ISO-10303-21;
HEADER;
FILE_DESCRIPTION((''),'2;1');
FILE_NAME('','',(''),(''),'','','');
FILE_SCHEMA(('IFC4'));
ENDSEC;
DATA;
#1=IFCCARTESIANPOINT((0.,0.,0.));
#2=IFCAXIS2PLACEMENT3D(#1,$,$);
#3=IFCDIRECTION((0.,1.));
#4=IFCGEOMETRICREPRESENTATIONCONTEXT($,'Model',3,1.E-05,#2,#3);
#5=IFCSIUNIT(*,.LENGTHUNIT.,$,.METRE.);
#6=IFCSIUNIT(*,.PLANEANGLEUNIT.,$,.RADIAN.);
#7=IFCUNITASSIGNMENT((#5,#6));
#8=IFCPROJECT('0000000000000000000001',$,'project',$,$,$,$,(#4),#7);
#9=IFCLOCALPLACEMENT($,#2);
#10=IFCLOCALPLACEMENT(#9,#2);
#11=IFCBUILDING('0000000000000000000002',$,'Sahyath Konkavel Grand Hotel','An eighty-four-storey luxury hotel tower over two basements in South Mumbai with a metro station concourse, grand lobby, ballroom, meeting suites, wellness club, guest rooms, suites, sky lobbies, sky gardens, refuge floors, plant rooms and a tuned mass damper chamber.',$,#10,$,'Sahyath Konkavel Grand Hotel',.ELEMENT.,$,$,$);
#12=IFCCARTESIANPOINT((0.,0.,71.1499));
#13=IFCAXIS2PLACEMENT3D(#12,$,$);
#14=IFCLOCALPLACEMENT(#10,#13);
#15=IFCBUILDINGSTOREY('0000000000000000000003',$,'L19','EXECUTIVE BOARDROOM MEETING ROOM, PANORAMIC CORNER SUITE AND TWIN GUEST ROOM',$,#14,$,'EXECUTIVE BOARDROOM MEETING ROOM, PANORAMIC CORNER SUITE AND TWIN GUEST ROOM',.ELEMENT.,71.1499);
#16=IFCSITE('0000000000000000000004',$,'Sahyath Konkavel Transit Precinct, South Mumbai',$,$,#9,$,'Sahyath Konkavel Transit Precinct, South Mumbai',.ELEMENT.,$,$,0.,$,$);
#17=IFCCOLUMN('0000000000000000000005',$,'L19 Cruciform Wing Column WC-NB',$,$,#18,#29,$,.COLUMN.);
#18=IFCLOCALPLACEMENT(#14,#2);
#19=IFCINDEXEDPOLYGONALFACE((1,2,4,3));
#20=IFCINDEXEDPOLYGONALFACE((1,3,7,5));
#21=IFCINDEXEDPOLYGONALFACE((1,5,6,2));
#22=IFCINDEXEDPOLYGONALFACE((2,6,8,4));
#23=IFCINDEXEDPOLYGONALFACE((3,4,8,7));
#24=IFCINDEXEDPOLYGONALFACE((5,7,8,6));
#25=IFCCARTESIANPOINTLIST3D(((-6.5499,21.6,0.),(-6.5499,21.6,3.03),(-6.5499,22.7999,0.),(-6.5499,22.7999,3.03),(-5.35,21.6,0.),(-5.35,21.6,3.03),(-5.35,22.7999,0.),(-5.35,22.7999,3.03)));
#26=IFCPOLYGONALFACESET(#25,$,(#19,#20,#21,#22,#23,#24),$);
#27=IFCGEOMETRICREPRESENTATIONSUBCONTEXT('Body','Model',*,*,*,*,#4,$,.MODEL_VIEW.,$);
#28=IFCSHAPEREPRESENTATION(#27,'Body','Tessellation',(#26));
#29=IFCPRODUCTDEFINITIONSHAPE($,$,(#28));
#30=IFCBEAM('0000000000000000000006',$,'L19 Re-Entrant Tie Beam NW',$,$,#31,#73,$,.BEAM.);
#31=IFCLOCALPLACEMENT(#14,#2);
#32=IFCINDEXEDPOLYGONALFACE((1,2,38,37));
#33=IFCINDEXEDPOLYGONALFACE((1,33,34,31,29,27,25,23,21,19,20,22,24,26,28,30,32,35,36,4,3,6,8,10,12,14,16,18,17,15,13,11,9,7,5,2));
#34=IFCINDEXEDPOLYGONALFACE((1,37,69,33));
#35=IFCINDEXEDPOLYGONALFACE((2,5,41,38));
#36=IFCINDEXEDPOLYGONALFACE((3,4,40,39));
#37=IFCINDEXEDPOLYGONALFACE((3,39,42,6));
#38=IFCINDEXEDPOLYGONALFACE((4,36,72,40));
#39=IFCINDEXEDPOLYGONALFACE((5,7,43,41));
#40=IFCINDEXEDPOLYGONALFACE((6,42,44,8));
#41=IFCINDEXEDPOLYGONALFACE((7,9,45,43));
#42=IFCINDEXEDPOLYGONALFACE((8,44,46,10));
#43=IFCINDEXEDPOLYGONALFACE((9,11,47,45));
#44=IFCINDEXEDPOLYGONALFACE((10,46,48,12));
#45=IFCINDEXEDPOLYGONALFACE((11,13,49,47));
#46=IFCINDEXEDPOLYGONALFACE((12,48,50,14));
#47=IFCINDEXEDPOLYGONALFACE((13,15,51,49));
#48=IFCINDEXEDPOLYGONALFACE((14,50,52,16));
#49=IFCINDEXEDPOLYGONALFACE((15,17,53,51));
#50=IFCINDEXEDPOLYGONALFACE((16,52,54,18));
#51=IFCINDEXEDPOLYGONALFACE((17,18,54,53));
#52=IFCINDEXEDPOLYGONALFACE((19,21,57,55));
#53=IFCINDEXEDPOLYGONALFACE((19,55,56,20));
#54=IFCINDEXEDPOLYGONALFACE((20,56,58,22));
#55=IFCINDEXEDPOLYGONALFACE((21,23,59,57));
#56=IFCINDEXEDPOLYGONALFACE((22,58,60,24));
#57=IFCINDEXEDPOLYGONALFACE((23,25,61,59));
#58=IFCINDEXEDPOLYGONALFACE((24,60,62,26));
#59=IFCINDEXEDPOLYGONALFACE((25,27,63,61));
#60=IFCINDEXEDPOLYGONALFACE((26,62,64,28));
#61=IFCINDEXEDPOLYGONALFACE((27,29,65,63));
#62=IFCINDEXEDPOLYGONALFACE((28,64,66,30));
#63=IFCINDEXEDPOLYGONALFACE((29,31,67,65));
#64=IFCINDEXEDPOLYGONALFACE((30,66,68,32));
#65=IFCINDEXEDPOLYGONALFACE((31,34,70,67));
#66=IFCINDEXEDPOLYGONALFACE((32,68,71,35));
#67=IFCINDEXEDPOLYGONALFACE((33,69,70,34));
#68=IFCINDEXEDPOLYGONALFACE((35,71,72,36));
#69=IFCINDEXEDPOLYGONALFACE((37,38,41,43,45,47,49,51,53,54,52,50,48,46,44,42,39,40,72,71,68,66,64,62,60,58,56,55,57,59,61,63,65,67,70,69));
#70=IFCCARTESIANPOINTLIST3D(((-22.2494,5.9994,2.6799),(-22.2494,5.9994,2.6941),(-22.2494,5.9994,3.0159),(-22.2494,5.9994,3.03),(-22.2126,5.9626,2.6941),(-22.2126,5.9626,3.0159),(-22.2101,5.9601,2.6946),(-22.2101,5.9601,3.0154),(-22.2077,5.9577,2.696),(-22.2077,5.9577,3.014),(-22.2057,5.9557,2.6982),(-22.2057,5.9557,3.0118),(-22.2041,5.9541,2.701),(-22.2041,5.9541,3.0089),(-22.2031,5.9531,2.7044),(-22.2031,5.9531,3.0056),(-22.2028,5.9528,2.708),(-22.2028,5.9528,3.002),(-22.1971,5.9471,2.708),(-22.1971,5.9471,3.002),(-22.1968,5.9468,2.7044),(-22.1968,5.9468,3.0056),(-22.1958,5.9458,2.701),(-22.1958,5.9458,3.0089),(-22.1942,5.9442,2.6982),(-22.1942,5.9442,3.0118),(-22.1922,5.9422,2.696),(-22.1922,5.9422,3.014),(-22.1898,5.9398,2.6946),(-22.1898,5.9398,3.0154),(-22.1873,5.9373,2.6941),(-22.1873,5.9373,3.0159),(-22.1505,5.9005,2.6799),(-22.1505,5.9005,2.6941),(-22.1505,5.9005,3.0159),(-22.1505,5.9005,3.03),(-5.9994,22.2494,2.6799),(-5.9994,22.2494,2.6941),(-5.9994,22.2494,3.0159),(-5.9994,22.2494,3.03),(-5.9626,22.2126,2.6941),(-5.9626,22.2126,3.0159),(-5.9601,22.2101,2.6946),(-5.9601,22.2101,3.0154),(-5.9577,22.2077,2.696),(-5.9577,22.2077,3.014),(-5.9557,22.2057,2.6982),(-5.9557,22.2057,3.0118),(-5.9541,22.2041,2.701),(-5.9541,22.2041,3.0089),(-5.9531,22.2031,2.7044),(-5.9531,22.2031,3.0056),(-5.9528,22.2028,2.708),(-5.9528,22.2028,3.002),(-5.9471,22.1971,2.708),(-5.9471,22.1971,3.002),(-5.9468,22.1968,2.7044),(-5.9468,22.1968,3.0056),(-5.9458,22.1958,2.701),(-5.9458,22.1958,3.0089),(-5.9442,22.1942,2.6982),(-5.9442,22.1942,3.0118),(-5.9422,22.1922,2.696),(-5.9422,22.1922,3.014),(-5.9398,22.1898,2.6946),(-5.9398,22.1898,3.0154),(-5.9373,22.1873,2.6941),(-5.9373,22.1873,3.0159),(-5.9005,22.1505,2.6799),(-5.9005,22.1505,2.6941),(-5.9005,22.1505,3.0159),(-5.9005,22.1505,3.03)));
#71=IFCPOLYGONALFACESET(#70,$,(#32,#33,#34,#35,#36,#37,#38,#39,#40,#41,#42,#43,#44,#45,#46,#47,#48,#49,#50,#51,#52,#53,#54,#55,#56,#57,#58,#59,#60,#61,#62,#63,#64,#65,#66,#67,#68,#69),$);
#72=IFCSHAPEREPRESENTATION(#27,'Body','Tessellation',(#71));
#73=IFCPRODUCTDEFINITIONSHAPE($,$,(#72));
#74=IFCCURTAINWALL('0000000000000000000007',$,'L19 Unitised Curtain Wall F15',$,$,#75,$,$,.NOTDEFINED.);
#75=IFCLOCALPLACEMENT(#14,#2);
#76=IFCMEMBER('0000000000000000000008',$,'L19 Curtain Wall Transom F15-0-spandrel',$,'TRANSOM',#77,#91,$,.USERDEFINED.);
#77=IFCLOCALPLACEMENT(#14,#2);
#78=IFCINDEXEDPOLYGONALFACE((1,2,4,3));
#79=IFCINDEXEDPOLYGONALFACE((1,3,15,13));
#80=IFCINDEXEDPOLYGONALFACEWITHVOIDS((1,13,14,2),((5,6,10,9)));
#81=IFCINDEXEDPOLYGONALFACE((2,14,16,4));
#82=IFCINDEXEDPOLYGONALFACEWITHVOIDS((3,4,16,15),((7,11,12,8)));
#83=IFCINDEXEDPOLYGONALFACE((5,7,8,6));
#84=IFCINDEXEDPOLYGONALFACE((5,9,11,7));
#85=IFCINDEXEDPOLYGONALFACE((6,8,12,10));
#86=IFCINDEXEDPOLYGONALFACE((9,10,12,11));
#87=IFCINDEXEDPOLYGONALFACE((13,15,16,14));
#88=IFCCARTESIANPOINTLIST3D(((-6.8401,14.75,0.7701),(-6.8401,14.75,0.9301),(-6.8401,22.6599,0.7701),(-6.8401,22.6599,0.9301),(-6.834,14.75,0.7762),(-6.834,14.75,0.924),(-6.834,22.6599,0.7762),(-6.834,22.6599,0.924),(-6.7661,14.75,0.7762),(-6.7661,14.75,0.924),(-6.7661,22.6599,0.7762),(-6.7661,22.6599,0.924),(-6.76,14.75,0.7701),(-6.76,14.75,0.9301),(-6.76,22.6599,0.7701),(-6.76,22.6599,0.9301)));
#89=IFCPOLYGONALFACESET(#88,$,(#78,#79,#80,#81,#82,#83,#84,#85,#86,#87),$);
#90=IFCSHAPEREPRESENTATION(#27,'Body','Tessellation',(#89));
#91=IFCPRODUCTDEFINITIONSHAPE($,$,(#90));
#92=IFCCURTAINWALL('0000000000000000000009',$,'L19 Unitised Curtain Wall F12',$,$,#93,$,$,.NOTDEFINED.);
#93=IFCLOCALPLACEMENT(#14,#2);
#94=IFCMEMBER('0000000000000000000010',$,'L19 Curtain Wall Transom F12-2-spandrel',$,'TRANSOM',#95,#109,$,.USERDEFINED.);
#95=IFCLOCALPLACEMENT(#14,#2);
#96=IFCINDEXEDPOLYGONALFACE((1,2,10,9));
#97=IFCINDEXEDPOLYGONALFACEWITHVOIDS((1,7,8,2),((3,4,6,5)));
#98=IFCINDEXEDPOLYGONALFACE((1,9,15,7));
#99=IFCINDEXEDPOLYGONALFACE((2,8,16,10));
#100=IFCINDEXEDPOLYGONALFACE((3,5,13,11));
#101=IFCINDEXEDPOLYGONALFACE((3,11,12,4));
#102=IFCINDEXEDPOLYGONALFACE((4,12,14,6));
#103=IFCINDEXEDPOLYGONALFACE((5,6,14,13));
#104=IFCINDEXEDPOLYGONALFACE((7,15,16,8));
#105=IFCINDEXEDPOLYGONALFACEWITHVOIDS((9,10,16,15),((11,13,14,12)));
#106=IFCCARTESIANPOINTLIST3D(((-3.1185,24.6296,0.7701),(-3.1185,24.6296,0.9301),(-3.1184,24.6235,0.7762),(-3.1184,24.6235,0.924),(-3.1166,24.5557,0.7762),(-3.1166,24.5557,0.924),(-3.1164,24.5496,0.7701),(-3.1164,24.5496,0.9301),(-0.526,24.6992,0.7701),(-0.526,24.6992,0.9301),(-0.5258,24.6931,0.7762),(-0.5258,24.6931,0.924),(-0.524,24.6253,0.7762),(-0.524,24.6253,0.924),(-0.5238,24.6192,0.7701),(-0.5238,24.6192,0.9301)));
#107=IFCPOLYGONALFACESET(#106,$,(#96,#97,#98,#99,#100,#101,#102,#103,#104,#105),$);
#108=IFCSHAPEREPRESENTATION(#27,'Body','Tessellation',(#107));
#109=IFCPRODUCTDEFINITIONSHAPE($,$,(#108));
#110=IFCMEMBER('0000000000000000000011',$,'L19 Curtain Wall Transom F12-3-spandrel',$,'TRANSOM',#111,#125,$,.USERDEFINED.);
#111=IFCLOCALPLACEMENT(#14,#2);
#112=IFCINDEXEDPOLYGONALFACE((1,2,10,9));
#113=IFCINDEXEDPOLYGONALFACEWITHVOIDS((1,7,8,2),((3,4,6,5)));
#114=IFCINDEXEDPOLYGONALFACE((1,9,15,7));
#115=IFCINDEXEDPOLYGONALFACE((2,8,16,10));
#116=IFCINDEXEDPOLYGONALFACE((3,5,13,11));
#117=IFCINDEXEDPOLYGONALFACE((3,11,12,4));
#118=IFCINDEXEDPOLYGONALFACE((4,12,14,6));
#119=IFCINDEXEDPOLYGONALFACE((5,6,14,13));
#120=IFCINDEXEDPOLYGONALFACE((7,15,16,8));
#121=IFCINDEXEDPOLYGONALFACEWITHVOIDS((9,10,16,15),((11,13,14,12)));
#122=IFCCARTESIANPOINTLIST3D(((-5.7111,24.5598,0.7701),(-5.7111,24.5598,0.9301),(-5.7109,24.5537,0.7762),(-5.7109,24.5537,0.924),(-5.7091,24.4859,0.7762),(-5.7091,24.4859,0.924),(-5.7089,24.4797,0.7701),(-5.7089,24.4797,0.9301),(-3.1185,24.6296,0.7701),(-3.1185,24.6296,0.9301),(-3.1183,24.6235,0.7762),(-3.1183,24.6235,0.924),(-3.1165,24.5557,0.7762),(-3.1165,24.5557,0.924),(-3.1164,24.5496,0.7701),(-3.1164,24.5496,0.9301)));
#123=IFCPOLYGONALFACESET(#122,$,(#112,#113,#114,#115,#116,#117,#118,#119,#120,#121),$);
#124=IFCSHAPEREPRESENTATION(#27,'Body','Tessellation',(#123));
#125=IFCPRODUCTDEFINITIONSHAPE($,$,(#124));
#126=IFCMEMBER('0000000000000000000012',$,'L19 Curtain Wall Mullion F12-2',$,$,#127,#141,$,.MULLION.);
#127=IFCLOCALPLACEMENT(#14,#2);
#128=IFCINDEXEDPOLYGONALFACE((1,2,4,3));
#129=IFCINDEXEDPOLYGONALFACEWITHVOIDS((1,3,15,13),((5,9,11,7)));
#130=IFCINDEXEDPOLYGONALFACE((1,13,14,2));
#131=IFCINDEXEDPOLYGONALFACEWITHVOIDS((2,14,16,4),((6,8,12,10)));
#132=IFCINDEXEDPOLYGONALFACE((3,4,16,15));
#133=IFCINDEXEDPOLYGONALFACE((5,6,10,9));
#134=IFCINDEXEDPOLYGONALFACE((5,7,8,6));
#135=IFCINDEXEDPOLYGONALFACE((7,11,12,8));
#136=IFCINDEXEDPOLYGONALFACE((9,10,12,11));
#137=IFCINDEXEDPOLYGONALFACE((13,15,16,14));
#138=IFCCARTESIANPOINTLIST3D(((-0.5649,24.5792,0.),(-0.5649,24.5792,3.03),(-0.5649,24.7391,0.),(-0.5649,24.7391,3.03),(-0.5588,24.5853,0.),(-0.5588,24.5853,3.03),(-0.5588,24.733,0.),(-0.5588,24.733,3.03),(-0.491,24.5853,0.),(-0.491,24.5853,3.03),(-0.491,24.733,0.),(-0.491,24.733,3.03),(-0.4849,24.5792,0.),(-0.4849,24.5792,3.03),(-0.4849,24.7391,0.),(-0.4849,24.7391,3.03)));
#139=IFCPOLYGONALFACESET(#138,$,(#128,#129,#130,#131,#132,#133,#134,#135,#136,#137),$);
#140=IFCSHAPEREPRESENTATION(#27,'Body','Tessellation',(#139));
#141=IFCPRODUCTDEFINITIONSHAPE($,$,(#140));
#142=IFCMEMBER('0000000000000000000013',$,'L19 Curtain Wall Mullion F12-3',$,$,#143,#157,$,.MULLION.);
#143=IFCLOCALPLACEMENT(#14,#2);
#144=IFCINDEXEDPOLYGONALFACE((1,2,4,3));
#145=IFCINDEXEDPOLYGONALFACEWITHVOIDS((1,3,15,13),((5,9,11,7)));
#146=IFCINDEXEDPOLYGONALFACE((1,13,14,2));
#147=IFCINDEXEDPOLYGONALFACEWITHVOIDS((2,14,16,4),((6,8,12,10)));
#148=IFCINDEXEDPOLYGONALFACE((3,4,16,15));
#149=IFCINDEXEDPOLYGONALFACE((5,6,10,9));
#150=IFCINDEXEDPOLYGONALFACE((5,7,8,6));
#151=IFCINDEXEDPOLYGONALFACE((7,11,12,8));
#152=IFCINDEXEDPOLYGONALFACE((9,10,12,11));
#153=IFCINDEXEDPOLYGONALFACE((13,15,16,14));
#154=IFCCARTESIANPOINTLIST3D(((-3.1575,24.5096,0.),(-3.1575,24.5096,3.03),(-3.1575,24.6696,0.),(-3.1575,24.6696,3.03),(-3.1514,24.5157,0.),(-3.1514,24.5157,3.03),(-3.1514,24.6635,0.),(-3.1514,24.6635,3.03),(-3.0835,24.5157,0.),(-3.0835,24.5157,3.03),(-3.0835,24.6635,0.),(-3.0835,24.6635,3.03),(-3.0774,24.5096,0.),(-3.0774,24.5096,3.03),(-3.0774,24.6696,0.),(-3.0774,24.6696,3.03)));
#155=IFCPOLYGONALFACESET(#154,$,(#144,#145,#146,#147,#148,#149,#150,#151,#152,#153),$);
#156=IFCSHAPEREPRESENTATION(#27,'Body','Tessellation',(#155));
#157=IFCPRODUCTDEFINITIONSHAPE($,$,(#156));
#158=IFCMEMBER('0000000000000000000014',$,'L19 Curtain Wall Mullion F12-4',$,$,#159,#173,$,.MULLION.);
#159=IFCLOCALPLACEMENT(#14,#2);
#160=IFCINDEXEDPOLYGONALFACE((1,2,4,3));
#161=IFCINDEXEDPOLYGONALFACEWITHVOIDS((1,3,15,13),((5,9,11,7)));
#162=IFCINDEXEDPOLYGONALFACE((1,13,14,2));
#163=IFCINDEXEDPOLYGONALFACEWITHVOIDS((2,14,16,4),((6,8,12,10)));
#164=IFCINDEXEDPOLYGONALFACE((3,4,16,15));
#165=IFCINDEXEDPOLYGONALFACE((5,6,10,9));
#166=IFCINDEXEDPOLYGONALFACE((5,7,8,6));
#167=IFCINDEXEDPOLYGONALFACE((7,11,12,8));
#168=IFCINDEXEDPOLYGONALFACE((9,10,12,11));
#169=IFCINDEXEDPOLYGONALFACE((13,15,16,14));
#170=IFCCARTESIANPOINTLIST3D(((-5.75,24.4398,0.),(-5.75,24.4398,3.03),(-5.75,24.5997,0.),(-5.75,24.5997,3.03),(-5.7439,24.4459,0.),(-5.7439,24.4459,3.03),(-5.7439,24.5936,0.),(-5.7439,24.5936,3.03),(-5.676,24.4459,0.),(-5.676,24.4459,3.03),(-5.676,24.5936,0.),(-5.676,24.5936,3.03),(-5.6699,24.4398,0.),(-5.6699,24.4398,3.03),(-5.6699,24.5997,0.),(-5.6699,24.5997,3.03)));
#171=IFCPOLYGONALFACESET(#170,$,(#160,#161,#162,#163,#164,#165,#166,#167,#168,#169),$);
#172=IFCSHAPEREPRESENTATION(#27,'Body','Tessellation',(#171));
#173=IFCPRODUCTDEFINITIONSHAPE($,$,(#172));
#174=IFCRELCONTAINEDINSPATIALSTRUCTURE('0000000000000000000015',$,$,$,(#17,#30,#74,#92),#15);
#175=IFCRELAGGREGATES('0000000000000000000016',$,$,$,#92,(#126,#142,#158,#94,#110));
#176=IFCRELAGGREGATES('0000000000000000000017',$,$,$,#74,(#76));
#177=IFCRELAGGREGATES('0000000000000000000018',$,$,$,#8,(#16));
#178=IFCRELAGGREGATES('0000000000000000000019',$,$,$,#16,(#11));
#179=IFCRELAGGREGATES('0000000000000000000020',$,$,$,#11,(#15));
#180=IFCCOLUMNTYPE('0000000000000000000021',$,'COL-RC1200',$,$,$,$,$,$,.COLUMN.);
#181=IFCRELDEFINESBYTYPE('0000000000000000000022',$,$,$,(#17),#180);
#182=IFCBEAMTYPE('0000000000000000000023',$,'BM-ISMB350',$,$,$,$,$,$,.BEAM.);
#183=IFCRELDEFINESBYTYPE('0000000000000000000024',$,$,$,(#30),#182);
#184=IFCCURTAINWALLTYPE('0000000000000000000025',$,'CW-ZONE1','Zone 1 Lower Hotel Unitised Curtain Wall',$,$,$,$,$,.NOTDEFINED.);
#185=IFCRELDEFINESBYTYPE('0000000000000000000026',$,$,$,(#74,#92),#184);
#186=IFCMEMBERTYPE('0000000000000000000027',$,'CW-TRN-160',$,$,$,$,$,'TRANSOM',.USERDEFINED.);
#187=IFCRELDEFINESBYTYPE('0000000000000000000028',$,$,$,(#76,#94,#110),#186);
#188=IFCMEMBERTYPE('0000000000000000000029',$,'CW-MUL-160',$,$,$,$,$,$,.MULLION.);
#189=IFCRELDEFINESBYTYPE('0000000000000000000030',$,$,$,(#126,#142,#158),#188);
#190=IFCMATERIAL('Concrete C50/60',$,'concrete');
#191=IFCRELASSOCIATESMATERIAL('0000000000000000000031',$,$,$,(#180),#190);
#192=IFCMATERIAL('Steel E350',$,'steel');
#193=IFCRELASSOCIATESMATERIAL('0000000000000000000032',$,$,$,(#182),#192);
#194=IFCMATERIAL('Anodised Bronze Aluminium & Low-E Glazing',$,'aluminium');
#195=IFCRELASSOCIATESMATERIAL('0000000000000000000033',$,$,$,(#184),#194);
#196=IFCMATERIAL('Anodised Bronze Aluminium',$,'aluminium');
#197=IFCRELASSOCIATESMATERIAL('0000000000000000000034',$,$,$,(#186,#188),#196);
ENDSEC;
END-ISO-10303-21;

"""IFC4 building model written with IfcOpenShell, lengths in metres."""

from ifc_helpers import new_model, si_unit, direction, frame, origin, origin_2d, place, context, subcontext, project, spatial, rectangle, hollow_rectangle, i_section, extrude, source, transform, mapped, material, material_profile, profile_set, type_object, element, aggregate, save


model = new_model("IFC4")

# Units and contexts
model_context = context("Model", 3, precision=1e-05, world=origin(), true_north=direction((0.0, 1.0)))
body_context = subcontext(model_context, "Body", "Model", "MODEL_VIEW")
ifc_project = project(units=[si_unit("LENGTHUNIT", "METRE"), si_unit("PLANEANGLEUNIT", "RADIAN")], contexts=[model_context])

# Site, building, storey
site_placement = place(None, origin())
site = spatial("IfcSite", under=ifc_project, at=site_placement, Name="Sahyath Konkavel Transit Precinct, South Mumbai", LongName="Sahyath Konkavel Transit Precinct, South Mumbai", CompositionType="ELEMENT", RefElevation=0.0)
building_placement = place(site_placement, origin())
building = spatial("IfcBuilding", under=site, at=building_placement, Name="Sahyath Konkavel Grand Hotel", Description="An eighty-four-storey luxury hotel tower over two basements in South Mumbai with a metro station concourse, grand lobby, ballroom, meeting suites, wellness club, guest rooms, suites, sky lobbies, sky gardens, refuge floors, plant rooms and a tuned mass damper chamber.", LongName="Sahyath Konkavel Grand Hotel", CompositionType="ELEMENT")
storey_placement = place(building_placement, frame((0.0, 0.0, 71.1499)))
storey = spatial("IfcBuildingStorey", under=building, at=storey_placement, Name="L19", Description="EXECUTIVE BOARDROOM MEETING ROOM, PANORAMIC CORNER SUITE AND TWIN GUEST ROOM", LongName="EXECUTIVE BOARDROOM MEETING ROOM, PANORAMIC CORNER SUITE AND TWIN GUEST ROOM", CompositionType="ELEMENT", Elevation=71.1499)

# Column
ifc_material_1 = material(Name="Concrete C50/60", Category="concrete")
ifc_material_profile_1 = material_profile(ifc_material_1, rectangle(XDim=1.2, YDim=1.2, at=origin_2d()), Name="RC 1200x1200")
ifc_profile_set_1 = profile_set([ifc_material_profile_1], Name="Concrete C50/60")
column_type = type_object("IfcColumnType", Name="COL-RC1200", PredefinedType="COLUMN", material=ifc_profile_set_1)
shared_shape_1 = source(origin(), body_context, "Body", "SweptSolid", [
    extrude(rectangle(XDim=1.2, YDim=1.2, at=origin_2d()), origin(), (0.0, 0.0, 1.0), 3.03),
])
column_placement = place(storey_placement, frame((-5.95, 22.2, 0.0), z_axis=(0.0, 0.0, 1.0), x_axis=(1.0, 0.0, 0.0)))
element("IfcColumn", 1, at=column_placement, inside=storey, type_object=column_type, Name="L19 Cruciform Wing Column WC-NB", PredefinedType="COLUMN", context=body_context, shape_type="MappedRepresentation", body=[
    mapped(shared_shape_1, transform((0.0, 0.0, 0.0), scale=1.0)),
])

# Beam
ifc_material_2 = material(Name="Steel E350", Category="steel")
ifc_material_profile_2 = material_profile(ifc_material_2, i_section(OverallWidth=0.1399, OverallDepth=0.3501, WebThickness=0.0081, FlangeThickness=0.0142, FilletRadius=0.0139, at=origin_2d()), Name="ISMB 350")
ifc_profile_set_2 = profile_set([ifc_material_profile_2], Name="Steel E350")
beam_type = type_object("IfcBeamType", Name="BM-ISMB350", PredefinedType="BEAM", material=ifc_profile_set_2)
shared_shape_2 = source(origin(), body_context, "Body", "SweptSolid", [
    extrude(i_section(OverallWidth=0.1399, OverallDepth=0.3501, WebThickness=0.0081, FlangeThickness=0.0142, FilletRadius=0.0139, at=origin_2d()), origin(), (0.0, 0.0, 1.0), 22.981),
])
beam_placement = place(storey_placement, frame((-5.95, 22.2, 2.855), z_axis=(-0.707107, -0.707107, 0.0), x_axis=(0.707107, -0.707107, 0.0)))
element("IfcBeam", 2, at=beam_placement, inside=storey, type_object=beam_type, Name="L19 Re-Entrant Tie Beam NW", PredefinedType="BEAM", context=body_context, shape_type="MappedRepresentation", body=[
    mapped(shared_shape_2, transform((0.0, 0.0, 0.0), scale=1.0)),
])

# Curtain wall, member
ifc_material_3 = material(Name="Anodised Bronze Aluminium & Low-E Glazing", Category="aluminium")
curtain_wall_type = type_object("IfcCurtainWallType", Name="CW-ZONE1", Description="Zone 1 Lower Hotel Unitised Curtain Wall", PredefinedType="NOTDEFINED", material=ifc_material_3)
curtain_wall_1_placement = place(storey_placement, origin())
curtain_wall_1 = element("IfcCurtainWall", 3, at=curtain_wall_1_placement, inside=storey, type_object=curtain_wall_type, Name="L19 Unitised Curtain Wall F15", PredefinedType="NOTDEFINED")
ifc_material_4 = material(Name="Anodised Bronze Aluminium", Category="aluminium")
ifc_material_profile_3 = material_profile(ifc_material_4, hollow_rectangle(XDim=0.0801, YDim=0.1599, WallThickness=0.0061, at=origin_2d()), Name="RHS 160x80x6")
ifc_profile_set_3 = profile_set([ifc_material_profile_3], Name="Anodised Bronze Aluminium")
member_type_1 = type_object("IfcMemberType", Name="CW-TRN-160", ElementType="TRANSOM", PredefinedType="USERDEFINED", material=ifc_profile_set_3)
shared_shape_3 = source(origin(), body_context, "Body", "SweptSolid", [
    extrude(hollow_rectangle(XDim=0.0801, YDim=0.1599, WallThickness=0.0061, at=origin_2d()), origin(), (0.0, 0.0, 1.0), 7.9099),
])
member_1_placement = place(storey_placement, frame((-6.8, 22.6599, 0.8501), z_axis=(0.0, -1.0, 0.0), x_axis=(1.0, 0.0, 0.0)))
member_1 = element("IfcMember", 4, at=member_1_placement, type_object=member_type_1, Name="L19 Curtain Wall Transom F15-0-spandrel", ObjectType="TRANSOM", PredefinedType="USERDEFINED", context=body_context, shape_type="MappedRepresentation", body=[
    mapped(shared_shape_3, transform((0.0, 0.0, 0.0), scale=1.0)),
])

# Curtain wall, members
curtain_wall_2_placement = place(storey_placement, origin())
curtain_wall_2 = element("IfcCurtainWall", 5, at=curtain_wall_2_placement, inside=storey, type_object=curtain_wall_type, Name="L19 Unitised Curtain Wall F12", PredefinedType="NOTDEFINED")
shared_shape_4 = source(origin(), body_context, "Body", "SweptSolid", [
    extrude(hollow_rectangle(XDim=0.0801, YDim=0.1599, WallThickness=0.0061, at=origin_2d()), origin(), (0.0, 0.0, 1.0), 2.5935),
])
member_2_placement = place(storey_placement, frame((-0.5249, 24.6592, 0.8501), z_axis=(-0.99964, -0.026829, 0.0), x_axis=(0.026829, -0.99964, 0.0)))
member_2 = element("IfcMember", 6, at=member_2_placement, type_object=member_type_1, Name="L19 Curtain Wall Transom F12-2-spandrel", ObjectType="TRANSOM", PredefinedType="USERDEFINED", context=body_context, shape_type="MappedRepresentation", body=[
    mapped(shared_shape_4, transform((0.0, 0.0, 0.0), scale=1.0)),
])
member_3_placement = place(storey_placement, frame((-3.1174, 24.5896, 0.8501), z_axis=(-0.999638, -0.026923, 0.0), x_axis=(0.026923, -0.999638, 0.0)))
member_3 = element("IfcMember", 7, at=member_3_placement, type_object=member_type_1, Name="L19 Curtain Wall Transom F12-3-spandrel", ObjectType="TRANSOM", PredefinedType="USERDEFINED", context=body_context, shape_type="MappedRepresentation", body=[
    mapped(shared_shape_4, transform((0.0, 0.0, 0.0), scale=1.0)),
])
ifc_material_profile_4 = material_profile(ifc_material_4, hollow_rectangle(XDim=0.0801, YDim=0.1599, WallThickness=0.0061, at=origin_2d()), Name="RHS 160x80x6")
ifc_profile_set_4 = profile_set([ifc_material_profile_4], Name="Anodised Bronze Aluminium")
member_type_2 = type_object("IfcMemberType", Name="CW-MUL-160", PredefinedType="MULLION", material=ifc_profile_set_4)
shared_shape_5 = source(origin(), body_context, "Body", "SweptSolid", [
    extrude(hollow_rectangle(XDim=0.0801, YDim=0.1599, WallThickness=0.0061, at=origin_2d()), origin(), (0.0, 0.0, 1.0), 3.03),
])
member_4_placement = place(storey_placement, frame((-0.5249, 24.6592, 0.0), z_axis=(0.0, 0.0, 1.0), x_axis=(1.0, 0.0, 0.0)))
member_4 = element("IfcMember", 8, at=member_4_placement, type_object=member_type_2, Name="L19 Curtain Wall Mullion F12-2", PredefinedType="MULLION", context=body_context, shape_type="MappedRepresentation", body=[
    mapped(shared_shape_5, transform((0.0, 0.0, 0.0), scale=1.0)),
])
member_5_placement = place(storey_placement, frame((-3.1174, 24.5896, 0.0), z_axis=(0.0, 0.0, 1.0), x_axis=(1.0, 0.0, 0.0)))
member_5 = element("IfcMember", 9, at=member_5_placement, type_object=member_type_2, Name="L19 Curtain Wall Mullion F12-3", PredefinedType="MULLION", context=body_context, shape_type="MappedRepresentation", body=[
    mapped(shared_shape_5, transform((0.0, 0.0, 0.0), scale=1.0)),
])
member_6_placement = place(storey_placement, frame((-5.71, 24.5198, 0.0), z_axis=(0.0, 0.0, 1.0), x_axis=(1.0, 0.0, 0.0)))
member_6 = element("IfcMember", 10, at=member_6_placement, type_object=member_type_2, Name="L19 Curtain Wall Mullion F12-4", PredefinedType="MULLION", context=body_context, shape_type="MappedRepresentation", body=[
    mapped(shared_shape_5, transform((0.0, 0.0, 0.0), scale=1.0)),
])

aggregate(curtain_wall_2, [member_4, member_5, member_6, member_2, member_3])
aggregate(curtain_wall_1, [member_1])

save(model, "model.ifc")
